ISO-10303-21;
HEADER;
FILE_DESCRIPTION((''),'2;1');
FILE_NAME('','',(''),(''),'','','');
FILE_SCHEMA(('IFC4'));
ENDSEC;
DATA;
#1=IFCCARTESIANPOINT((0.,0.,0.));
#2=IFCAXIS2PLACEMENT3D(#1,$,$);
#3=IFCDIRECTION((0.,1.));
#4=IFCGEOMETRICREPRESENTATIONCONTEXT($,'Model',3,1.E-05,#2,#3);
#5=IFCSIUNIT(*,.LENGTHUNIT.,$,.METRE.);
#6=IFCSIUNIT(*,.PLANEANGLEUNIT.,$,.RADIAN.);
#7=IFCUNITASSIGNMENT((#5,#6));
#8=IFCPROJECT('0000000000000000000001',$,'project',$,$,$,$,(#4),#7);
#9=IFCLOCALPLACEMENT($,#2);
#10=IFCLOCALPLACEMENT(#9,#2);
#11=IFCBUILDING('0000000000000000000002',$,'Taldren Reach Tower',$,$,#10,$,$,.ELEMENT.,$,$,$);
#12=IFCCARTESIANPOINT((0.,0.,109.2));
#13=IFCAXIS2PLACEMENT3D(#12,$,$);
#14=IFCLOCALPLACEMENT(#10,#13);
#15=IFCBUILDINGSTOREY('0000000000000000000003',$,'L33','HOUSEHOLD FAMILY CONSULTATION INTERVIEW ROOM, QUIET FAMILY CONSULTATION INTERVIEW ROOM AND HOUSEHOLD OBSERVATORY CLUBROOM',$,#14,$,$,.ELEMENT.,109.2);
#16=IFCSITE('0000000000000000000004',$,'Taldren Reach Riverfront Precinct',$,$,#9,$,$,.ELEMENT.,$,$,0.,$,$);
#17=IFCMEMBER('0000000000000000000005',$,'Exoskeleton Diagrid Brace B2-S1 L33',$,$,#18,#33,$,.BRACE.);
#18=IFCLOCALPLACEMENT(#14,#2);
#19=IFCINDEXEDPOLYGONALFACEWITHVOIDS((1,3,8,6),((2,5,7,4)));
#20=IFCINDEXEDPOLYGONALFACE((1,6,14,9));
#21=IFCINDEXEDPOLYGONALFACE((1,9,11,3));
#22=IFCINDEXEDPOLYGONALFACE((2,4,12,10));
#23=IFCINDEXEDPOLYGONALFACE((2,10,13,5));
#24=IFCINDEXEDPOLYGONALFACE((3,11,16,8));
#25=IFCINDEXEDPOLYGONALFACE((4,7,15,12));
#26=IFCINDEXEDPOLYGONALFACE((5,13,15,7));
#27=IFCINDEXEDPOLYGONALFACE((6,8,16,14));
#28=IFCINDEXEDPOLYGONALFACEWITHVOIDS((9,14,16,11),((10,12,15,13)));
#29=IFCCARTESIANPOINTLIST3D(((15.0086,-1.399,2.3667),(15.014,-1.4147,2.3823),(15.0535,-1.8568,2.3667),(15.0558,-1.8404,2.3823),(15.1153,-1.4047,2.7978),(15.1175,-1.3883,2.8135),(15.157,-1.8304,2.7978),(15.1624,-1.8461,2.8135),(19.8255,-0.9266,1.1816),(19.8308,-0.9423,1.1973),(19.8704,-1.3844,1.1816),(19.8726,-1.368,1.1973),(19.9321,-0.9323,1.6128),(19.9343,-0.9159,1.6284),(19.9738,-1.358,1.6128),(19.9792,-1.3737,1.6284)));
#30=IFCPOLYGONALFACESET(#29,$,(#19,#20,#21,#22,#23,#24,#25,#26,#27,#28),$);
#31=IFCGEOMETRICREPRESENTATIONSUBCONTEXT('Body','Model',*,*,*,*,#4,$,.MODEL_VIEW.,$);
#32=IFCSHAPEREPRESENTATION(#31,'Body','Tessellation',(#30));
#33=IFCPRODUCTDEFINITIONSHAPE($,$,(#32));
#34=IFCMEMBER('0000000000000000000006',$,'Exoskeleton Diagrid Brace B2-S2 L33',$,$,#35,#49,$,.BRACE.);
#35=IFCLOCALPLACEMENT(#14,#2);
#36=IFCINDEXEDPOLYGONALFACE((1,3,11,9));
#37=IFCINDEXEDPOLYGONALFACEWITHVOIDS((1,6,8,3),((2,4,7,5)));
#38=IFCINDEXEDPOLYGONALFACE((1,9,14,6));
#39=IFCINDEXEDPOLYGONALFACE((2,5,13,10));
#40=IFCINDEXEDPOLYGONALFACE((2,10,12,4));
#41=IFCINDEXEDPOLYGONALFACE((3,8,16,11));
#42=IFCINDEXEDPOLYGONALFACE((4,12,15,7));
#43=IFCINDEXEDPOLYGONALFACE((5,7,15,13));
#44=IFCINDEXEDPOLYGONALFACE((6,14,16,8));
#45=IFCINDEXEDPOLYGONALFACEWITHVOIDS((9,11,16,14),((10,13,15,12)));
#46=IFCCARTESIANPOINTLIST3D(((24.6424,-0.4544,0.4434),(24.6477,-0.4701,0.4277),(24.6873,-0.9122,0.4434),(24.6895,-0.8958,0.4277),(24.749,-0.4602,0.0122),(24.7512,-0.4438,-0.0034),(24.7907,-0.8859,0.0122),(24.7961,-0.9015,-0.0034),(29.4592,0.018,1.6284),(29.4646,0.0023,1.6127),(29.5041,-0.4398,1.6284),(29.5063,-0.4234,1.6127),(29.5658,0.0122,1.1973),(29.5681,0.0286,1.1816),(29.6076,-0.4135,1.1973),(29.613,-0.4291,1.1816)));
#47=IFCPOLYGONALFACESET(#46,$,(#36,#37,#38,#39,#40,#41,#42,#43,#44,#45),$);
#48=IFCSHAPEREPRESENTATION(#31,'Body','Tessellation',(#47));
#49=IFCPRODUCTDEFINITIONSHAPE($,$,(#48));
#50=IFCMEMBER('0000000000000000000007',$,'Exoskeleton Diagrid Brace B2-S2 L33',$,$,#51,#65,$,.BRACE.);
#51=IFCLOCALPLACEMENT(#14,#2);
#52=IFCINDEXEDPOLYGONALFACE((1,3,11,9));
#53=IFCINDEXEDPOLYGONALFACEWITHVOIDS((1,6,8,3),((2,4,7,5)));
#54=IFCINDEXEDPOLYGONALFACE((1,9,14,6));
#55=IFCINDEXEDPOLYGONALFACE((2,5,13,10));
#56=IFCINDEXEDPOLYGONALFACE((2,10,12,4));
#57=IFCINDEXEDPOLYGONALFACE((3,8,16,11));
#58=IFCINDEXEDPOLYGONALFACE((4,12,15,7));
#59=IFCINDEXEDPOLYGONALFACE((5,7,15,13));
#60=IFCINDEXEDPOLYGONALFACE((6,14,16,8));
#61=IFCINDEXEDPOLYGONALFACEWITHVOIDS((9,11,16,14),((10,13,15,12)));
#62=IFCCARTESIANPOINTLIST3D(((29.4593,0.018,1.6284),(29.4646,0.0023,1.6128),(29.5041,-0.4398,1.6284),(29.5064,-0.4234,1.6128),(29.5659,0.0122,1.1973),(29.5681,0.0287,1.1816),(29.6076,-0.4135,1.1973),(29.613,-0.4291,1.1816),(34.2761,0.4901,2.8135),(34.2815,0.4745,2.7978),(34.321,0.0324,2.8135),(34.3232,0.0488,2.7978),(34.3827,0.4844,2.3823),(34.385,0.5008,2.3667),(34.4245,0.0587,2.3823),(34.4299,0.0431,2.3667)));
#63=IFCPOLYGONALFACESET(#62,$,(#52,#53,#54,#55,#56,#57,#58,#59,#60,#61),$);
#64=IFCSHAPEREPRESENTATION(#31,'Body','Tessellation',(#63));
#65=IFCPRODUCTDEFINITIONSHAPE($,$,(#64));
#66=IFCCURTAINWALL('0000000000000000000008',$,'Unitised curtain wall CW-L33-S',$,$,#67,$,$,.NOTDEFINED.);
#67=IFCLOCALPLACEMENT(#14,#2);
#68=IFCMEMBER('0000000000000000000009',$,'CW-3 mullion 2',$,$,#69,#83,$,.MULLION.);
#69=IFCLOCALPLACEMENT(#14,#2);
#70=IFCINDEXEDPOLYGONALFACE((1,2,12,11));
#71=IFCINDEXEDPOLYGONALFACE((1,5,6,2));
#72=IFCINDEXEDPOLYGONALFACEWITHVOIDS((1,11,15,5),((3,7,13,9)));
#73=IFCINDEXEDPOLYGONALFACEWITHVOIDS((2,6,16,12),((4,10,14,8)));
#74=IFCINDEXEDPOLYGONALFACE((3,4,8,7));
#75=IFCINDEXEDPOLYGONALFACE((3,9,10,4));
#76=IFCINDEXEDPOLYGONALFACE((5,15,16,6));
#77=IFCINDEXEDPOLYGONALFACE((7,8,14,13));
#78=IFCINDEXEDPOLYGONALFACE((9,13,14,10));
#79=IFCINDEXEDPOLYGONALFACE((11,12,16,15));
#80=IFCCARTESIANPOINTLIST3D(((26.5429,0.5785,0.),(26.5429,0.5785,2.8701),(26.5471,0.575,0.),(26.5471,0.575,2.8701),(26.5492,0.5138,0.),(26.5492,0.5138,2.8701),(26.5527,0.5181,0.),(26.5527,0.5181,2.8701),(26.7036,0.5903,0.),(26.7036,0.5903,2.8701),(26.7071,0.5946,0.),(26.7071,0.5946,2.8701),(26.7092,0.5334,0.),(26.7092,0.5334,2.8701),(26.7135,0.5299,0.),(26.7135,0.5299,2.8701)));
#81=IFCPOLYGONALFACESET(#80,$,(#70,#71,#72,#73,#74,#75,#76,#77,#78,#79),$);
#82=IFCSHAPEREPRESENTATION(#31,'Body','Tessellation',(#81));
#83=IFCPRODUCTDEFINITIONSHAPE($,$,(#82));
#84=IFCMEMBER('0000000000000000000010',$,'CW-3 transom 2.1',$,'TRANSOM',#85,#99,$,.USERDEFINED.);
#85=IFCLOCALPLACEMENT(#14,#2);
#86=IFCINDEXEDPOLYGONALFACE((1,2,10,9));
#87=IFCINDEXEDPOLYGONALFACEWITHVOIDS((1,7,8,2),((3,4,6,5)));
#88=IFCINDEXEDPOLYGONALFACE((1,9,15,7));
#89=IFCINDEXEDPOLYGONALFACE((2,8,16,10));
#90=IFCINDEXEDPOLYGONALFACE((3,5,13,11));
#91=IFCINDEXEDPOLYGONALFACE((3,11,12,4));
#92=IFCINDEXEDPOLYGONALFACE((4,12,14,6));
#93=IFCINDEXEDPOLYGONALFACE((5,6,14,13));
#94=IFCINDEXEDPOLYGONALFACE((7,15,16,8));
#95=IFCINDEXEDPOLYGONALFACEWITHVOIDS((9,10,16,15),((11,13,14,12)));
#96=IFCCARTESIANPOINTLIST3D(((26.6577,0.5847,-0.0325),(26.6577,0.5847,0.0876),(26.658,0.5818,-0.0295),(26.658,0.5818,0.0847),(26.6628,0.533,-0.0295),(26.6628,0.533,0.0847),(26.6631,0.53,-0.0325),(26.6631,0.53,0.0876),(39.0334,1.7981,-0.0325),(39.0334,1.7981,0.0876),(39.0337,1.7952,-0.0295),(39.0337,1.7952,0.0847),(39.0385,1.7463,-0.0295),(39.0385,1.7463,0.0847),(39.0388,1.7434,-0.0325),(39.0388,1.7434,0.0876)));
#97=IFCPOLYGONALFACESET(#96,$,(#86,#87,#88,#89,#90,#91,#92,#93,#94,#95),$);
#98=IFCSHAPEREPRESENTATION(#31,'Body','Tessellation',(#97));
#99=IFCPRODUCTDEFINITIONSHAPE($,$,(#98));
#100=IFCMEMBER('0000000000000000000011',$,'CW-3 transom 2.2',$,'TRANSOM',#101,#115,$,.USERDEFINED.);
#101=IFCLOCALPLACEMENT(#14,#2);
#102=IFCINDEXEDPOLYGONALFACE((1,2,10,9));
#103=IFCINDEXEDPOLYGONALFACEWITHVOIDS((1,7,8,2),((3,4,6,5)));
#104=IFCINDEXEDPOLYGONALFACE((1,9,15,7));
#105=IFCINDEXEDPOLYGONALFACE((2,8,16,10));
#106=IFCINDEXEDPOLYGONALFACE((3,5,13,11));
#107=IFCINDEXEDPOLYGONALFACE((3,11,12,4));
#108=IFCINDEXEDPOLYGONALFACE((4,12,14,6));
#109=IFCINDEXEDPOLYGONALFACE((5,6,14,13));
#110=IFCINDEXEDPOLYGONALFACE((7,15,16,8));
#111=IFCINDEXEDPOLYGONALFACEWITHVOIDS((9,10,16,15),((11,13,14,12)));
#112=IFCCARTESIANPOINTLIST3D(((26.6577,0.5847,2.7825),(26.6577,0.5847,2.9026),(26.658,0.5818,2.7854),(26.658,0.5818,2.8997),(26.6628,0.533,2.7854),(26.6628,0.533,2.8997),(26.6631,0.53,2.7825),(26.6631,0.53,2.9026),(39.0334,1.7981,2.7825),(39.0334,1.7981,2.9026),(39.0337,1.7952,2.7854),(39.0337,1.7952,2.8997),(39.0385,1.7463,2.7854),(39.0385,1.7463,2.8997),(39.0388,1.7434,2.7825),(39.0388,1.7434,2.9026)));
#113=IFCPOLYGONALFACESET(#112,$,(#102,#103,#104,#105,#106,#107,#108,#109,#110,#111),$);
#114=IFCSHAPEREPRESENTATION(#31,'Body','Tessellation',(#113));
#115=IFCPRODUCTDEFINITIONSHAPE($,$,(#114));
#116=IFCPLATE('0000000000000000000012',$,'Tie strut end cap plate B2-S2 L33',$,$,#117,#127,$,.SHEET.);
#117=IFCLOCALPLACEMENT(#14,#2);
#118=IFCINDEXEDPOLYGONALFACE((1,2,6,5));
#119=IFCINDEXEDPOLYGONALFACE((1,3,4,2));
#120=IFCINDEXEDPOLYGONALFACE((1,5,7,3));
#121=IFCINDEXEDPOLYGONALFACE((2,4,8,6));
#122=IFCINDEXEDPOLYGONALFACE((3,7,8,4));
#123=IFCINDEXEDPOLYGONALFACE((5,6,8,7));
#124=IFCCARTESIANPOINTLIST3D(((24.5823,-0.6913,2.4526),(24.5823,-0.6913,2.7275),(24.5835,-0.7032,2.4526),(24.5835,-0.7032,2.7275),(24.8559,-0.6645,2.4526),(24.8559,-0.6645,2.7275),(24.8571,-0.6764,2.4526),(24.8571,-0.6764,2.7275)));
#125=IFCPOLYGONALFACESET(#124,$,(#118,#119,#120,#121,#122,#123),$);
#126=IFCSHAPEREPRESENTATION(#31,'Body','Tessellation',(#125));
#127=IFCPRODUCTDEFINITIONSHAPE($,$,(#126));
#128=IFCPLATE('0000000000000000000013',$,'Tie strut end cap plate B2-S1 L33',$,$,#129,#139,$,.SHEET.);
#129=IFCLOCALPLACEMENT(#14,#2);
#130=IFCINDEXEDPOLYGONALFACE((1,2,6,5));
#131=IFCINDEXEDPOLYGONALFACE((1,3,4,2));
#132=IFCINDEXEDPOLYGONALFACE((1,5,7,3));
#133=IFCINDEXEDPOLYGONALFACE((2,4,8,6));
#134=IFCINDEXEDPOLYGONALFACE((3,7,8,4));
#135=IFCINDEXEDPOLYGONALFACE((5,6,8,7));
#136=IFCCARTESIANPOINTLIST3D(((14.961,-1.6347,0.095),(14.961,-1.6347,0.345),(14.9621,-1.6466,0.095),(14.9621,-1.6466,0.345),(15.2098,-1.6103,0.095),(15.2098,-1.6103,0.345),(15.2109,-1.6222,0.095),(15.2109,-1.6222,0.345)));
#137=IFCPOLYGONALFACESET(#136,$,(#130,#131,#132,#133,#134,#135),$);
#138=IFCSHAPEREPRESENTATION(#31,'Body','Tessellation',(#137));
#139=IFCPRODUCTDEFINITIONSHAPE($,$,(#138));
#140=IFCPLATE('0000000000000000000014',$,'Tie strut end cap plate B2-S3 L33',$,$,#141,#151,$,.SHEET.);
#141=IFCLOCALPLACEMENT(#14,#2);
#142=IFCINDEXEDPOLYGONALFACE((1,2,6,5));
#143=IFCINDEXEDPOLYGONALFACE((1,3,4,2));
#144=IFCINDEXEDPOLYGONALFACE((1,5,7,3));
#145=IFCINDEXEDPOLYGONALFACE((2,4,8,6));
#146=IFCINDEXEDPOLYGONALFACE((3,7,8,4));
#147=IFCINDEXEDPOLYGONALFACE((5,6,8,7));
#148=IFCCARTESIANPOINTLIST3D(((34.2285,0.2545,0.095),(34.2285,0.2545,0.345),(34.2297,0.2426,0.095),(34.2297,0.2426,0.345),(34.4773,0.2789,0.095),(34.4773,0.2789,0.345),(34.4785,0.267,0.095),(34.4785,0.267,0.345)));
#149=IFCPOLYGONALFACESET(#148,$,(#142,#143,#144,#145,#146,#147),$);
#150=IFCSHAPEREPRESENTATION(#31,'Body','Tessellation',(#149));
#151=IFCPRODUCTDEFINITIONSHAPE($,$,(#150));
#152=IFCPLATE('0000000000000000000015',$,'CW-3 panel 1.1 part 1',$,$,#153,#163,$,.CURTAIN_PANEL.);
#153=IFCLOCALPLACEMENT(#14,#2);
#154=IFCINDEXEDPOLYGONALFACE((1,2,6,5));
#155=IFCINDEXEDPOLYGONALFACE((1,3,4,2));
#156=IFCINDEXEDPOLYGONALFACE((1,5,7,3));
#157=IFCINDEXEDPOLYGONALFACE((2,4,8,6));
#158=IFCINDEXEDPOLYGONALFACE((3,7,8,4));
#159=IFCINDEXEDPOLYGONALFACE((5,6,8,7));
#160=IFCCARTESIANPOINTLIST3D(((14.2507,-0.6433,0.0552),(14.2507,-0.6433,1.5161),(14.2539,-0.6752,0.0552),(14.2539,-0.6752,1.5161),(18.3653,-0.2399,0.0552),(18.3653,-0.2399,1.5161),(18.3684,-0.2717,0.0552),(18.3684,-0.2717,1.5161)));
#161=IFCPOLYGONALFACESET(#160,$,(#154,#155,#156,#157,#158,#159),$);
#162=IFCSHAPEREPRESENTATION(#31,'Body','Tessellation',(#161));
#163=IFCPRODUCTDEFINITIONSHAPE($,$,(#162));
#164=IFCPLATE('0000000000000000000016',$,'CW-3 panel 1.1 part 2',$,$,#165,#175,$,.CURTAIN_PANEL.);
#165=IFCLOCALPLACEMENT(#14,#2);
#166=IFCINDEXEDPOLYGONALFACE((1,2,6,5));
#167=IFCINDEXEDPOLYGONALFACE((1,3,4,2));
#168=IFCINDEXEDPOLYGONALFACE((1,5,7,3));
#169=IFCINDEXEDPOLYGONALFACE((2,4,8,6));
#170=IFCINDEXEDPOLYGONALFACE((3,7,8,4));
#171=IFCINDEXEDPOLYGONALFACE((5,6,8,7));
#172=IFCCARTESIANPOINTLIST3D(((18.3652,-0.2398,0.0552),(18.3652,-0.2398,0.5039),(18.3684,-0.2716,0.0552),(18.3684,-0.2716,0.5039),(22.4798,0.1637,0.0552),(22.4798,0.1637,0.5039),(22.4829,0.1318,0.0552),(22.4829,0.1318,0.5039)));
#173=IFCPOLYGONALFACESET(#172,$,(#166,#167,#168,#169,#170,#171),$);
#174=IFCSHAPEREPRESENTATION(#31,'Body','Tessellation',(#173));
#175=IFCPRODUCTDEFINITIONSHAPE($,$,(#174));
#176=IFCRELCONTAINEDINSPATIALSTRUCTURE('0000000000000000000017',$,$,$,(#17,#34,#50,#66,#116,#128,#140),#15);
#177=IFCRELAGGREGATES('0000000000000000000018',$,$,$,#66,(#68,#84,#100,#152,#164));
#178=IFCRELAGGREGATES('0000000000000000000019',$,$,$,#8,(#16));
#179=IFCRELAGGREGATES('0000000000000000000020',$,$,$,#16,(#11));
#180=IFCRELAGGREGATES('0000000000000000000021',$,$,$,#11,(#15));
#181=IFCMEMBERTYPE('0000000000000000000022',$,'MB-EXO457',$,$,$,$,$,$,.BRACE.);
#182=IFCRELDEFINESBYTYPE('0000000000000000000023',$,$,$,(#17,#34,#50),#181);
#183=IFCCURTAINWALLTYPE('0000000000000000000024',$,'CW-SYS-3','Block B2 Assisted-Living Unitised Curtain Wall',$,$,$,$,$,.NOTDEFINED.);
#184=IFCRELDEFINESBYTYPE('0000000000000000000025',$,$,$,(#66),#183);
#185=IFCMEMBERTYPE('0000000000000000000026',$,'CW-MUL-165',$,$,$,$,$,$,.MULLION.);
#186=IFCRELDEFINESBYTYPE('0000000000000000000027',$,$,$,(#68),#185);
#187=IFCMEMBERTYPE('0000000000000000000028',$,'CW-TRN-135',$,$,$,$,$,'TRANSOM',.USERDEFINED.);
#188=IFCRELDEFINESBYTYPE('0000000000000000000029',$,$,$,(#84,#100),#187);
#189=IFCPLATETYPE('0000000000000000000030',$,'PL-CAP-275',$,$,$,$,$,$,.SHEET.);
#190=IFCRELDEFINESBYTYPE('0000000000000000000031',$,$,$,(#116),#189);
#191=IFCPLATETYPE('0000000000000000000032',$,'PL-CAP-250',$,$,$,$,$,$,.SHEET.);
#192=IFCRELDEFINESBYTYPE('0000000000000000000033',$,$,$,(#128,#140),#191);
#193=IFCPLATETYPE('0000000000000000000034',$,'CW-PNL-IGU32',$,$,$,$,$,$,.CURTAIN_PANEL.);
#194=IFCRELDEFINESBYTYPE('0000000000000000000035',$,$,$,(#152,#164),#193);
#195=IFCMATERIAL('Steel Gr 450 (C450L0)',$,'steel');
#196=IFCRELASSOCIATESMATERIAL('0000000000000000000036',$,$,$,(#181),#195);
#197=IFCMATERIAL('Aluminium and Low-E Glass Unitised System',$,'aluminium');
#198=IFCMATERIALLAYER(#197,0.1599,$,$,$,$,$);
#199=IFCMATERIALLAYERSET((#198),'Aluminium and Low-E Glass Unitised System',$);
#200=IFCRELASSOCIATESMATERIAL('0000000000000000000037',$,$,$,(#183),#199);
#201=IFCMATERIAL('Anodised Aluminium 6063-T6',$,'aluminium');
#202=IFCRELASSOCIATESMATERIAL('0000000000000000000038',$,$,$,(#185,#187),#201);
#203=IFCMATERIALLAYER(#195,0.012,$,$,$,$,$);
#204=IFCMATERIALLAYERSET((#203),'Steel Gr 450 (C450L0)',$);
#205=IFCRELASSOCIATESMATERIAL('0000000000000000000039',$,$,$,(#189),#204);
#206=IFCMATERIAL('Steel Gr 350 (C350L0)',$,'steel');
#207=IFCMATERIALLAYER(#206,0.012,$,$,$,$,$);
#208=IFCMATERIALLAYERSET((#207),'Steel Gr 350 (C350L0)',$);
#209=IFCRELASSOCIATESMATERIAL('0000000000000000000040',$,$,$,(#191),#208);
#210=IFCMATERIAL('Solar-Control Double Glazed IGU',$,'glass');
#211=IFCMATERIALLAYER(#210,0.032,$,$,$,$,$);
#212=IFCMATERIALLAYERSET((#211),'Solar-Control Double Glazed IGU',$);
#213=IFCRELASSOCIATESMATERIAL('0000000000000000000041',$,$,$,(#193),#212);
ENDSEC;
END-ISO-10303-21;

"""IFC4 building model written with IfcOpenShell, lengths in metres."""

from ifc_helpers import new_model, si_unit, direction, frame, origin, origin_2d, place, context, subcontext, project, spatial, rectangle, hollow_rectangle, extrude, source, transform, mapped, material, layer, layer_set, material_profile, profile_set, type_object, element, aggregate, save


model = new_model("IFC4")

# Units and contexts
model_context = context("Model", 3, precision=1e-05, world=origin(), true_north=direction((0.0, 1.0)))
body_context = subcontext(model_context, "Body", "Model", "MODEL_VIEW")
ifc_project = project(units=[si_unit("LENGTHUNIT", "METRE"), si_unit("PLANEANGLEUNIT", "RADIAN")], contexts=[model_context])

# Site, building, storey
site_placement = place(None, origin())
site = spatial("IfcSite", under=ifc_project, at=site_placement, Name="Taldren Reach Riverfront Precinct", CompositionType="ELEMENT", RefElevation=0.0)
building_placement = place(site_placement, origin())
building = spatial("IfcBuilding", under=site, at=building_placement, Name="Taldren Reach Tower", CompositionType="ELEMENT")
storey_placement = place(building_placement, frame((0.0, 0.0, 109.2)))
storey = spatial("IfcBuildingStorey", under=building, at=storey_placement, Name="L33", Description="HOUSEHOLD FAMILY CONSULTATION INTERVIEW ROOM, QUIET FAMILY CONSULTATION INTERVIEW ROOM AND HOUSEHOLD OBSERVATORY CLUBROOM", CompositionType="ELEMENT", Elevation=109.2)

# Members
ifc_material_1 = material(Name="Steel Gr 450 (C450L0)", Category="steel")
ifc_material_2 = material(Name="Steel Gr 350 (C350L0)", Category="steel")
ifc_material_profile_1 = material_profile(ifc_material_1, hollow_rectangle(XDim=0.46, YDim=0.46, WallThickness=0.0161, at=origin_2d()), Name="460x460x16.0SHS")
ifc_profile_set_1 = profile_set([ifc_material_profile_1], Name="Steel Gr 450 (C450L0)")
member_type_1 = type_object("IfcMemberType", Name="MB-EXO457", PredefinedType="BRACE", material=ifc_profile_set_1)
shared_shape_1 = source(origin(), body_context, "Body", "SweptSolid", [
    extrude(hollow_rectangle(XDim=0.46, YDim=0.46, WallThickness=0.0161, at=origin_2d()), origin(), (0.0, 0.0, 1.0), 4.9829),
])
for number, where, z_axis, x_axis, name in (
    (1, (19.9023, -1.1501, 1.405), (-0.966671, -0.094805, 0.237822), (0.097606, -0.995225, 0.0), "Exoskeleton Diagrid Brace B2-S1 L33"),
    (2, (24.7192, -0.678, 0.22), (0.966671, 0.094805, 0.237822), (-0.097606, 0.995225, 0.0), "Exoskeleton Diagrid Brace B2-S2 L33"),
    (3, (29.5361, -0.2056, 1.405), (0.966675, 0.094757, 0.237823), (-0.097556, 0.99523, 0.0), "Exoskeleton Diagrid Brace B2-S2 L33"),
):
    element("IfcMember", number, at=place(storey_placement, frame(where, z_axis=z_axis, x_axis=x_axis)), inside=storey, type_object=member_type_1, Name=name, PredefinedType="BRACE", context=body_context, shape_type="MappedRepresentation", body=[
        mapped(shared_shape_1, transform((0.0, 0.0, 0.0), scale=1.0)),
    ])

# Curtain wall, members
ifc_material_3 = material(Name="Aluminium and Low-E Glass Unitised System", Category="aluminium")
ifc_layer_1 = layer(ifc_material_3, 0.1599)
ifc_layer_set_1 = layer_set([ifc_layer_1], Name="Aluminium and Low-E Glass Unitised System")
curtain_wall_type = type_object("IfcCurtainWallType", Name="CW-SYS-3", Description="Block B2 Assisted-Living Unitised Curtain Wall", PredefinedType="NOTDEFINED", material=ifc_layer_set_1)
curtain_wall_placement = place(storey_placement, origin())
curtain_wall = element("IfcCurtainWall", 4, at=curtain_wall_placement, inside=storey, type_object=curtain_wall_type, Name="Unitised curtain wall CW-L33-S", PredefinedType="NOTDEFINED")
ifc_material_4 = material(Name="Anodised Aluminium 6063-T6", Category="aluminium")
ifc_material_profile_2 = material_profile(ifc_material_4, hollow_rectangle(XDim=0.0649, YDim=0.165, WallThickness=0.0039, at=origin_2d()), Name="ALU-165x65x4RHS")
ifc_profile_set_2 = profile_set([ifc_material_profile_2], Name="Anodised Aluminium 6063-T6")
member_type_2 = type_object("IfcMemberType", Name="CW-MUL-165", PredefinedType="MULLION", material=ifc_profile_set_2)
shared_shape_2 = source(origin(), body_context, "Body", "SweptSolid", [
    extrude(hollow_rectangle(XDim=0.0649, YDim=0.165, WallThickness=0.0039, at=origin_2d()), origin(), (0.0, 0.0, 1.0), 2.8701),
])
member_1_placement = place(storey_placement, frame((26.6282, 0.5542, 0.0), z_axis=(0.0, 0.0, 1.0), x_axis=(-0.097583, 0.995227, 0.0)))
member_1 = element("IfcMember", 5, at=member_1_placement, type_object=member_type_2, Name="CW-3 mullion 2", PredefinedType="MULLION", context=body_context, shape_type="MappedRepresentation", body=[
    mapped(shared_shape_2, transform((0.0, 0.0, 0.0), scale=1.0)),
])
ifc_material_profile_3 = material_profile(ifc_material_4, hollow_rectangle(XDim=0.0549, YDim=0.1201, WallThickness=0.0029, at=origin_2d()), Name="ALU-120x55x3RHS")
ifc_profile_set_3 = profile_set([ifc_material_profile_3], Name="Anodised Aluminium 6063-T6")
member_type_3 = type_object("IfcMemberType", Name="CW-TRN-135", ElementType="TRANSOM", PredefinedType="USERDEFINED", material=ifc_profile_set_3)
shared_shape_3 = source(origin(), body_context, "Body", "SweptSolid", [
    extrude(hollow_rectangle(XDim=0.0549, YDim=0.1201, WallThickness=0.0029, at=origin_2d()), origin(), (0.0, 0.0, 1.0), 12.4351),
])
member_2_placement = place(storey_placement, frame((26.6604, 0.5574, 0.0276), z_axis=(0.995228, 0.097577, 0.0), x_axis=(-0.097577, 0.995228, 0.0)))
member_2 = element("IfcMember", 6, at=member_2_placement, type_object=member_type_3, Name="CW-3 transom 2.1", ObjectType="TRANSOM", PredefinedType="USERDEFINED", context=body_context, shape_type="MappedRepresentation", body=[
    mapped(shared_shape_3, transform((0.0, 0.0, 0.0), scale=1.0)),
])
member_3_placement = place(storey_placement, frame((26.6604, 0.5574, 2.8425), z_axis=(0.995228, 0.097577, 0.0), x_axis=(-0.097577, 0.995228, 0.0)))
member_3 = element("IfcMember", 7, at=member_3_placement, type_object=member_type_3, Name="CW-3 transom 2.2", ObjectType="TRANSOM", PredefinedType="USERDEFINED", context=body_context, shape_type="MappedRepresentation", body=[
    mapped(shared_shape_3, transform((0.0, 0.0, 0.0), scale=1.0)),
])

# Plates
ifc_layer_2 = layer(ifc_material_1, 0.012)
ifc_layer_set_2 = layer_set([ifc_layer_2], Name="Steel Gr 450 (C450L0)")
plate_type_1 = type_object("IfcPlateType", Name="PL-CAP-275", PredefinedType="SHEET", material=ifc_layer_set_2)
shared_shape_4 = source(origin(), body_context, "Body", "SweptSolid", [
    extrude(rectangle(XDim=0.2749, YDim=0.012, at=origin_2d()), origin(), (0.0, 0.0, 1.0), 0.2749),
])
plate_1_placement = place(storey_placement, frame((24.7197, -0.6838, 2.4526), z_axis=(0.0, 0.0, 1.0), x_axis=(0.995227, 0.097583, 0.0)))
element("IfcPlate", 8, at=plate_1_placement, inside=storey, type_object=plate_type_1, Name="Tie strut end cap plate B2-S2 L33", PredefinedType="SHEET", context=body_context, shape_type="MappedRepresentation", body=[
    mapped(shared_shape_4, transform((0.0, 0.0, 0.0), scale=1.0)),
])
ifc_layer_3 = layer(ifc_material_2, 0.012)
ifc_layer_set_3 = layer_set([ifc_layer_3], Name="Steel Gr 350 (C350L0)")
plate_type_2 = type_object("IfcPlateType", Name="PL-CAP-250", PredefinedType="SHEET", material=ifc_layer_set_3)
shared_shape_5 = source(origin(), body_context, "Body", "SweptSolid", [
    extrude(rectangle(XDim=0.25, YDim=0.012, at=origin_2d()), origin(), (0.0, 0.0, 1.0), 0.25),
])
for number, where, z_axis, x_axis, name in (
    (9, (15.0859, -1.6284, 0.095), (0.0, 0.0, 1.0), (0.995227, 0.097583, 0.0), "Tie strut end cap plate B2-S1 L33"),
    (10, (34.3535, 0.2607, 0.095), (0.0, 0.0, 1.0), (0.995227, 0.097583, 0.0), "Tie strut end cap plate B2-S3 L33"),
):
    element("IfcPlate", number, at=place(storey_placement, frame(where, z_axis=z_axis, x_axis=x_axis)), inside=storey, type_object=plate_type_2, Name=name, PredefinedType="SHEET", context=body_context, shape_type="MappedRepresentation", body=[
        mapped(shared_shape_5, transform((0.0, 0.0, 0.0), scale=1.0)),
    ])

# Plates
ifc_material_5 = material(Name="Solar-Control Double Glazed IGU", Category="glass")
ifc_layer_4 = layer(ifc_material_5, 0.032)
ifc_layer_set_4 = layer_set([ifc_layer_4], Name="Solar-Control Double Glazed IGU")
plate_type_3 = type_object("IfcPlateType", Name="CW-PNL-IGU32", PredefinedType="CURTAIN_PANEL", material=ifc_layer_set_4)
shared_shape_6 = source(origin(), body_context, "Body", "SweptSolid", [
    extrude(rectangle(XDim=4.1343, YDim=0.032, at=origin_2d()), origin(), (0.0, 0.0, 1.0), 1.4609),
])
plate_2_placement = place(storey_placement, frame((16.3096, -0.4575, 0.0552), z_axis=(0.0, 0.0, 1.0), x_axis=(0.995227, 0.097583, 0.0)))
plate_2 = element("IfcPlate", 11, at=plate_2_placement, type_object=plate_type_3, Name="CW-3 panel 1.1 part 1", PredefinedType="CURTAIN_PANEL", context=body_context, shape_type="MappedRepresentation", body=[
    mapped(shared_shape_6, transform((0.0, 0.0, 0.0), scale=1.0)),
])
shared_shape_7 = source(origin(), body_context, "Body", "SweptSolid", [
    extrude(rectangle(XDim=4.1343, YDim=0.032, at=origin_2d()), origin(), (0.0, 0.0, 1.0), 0.4487),
])
plate_3_placement = place(storey_placement, frame((20.4241, -0.054, 0.0552), z_axis=(0.0, 0.0, 1.0), x_axis=(0.995227, 0.097583, 0.0)))
plate_3 = element("IfcPlate", 12, at=plate_3_placement, type_object=plate_type_3, Name="CW-3 panel 1.1 part 2", PredefinedType="CURTAIN_PANEL", context=body_context, shape_type="MappedRepresentation", body=[
    mapped(shared_shape_7, transform((0.0, 0.0, 0.0), scale=1.0)),
])
aggregate(curtain_wall, [member_1, member_2, member_3, plate_2, plate_3])

save(model, "model.ifc")
